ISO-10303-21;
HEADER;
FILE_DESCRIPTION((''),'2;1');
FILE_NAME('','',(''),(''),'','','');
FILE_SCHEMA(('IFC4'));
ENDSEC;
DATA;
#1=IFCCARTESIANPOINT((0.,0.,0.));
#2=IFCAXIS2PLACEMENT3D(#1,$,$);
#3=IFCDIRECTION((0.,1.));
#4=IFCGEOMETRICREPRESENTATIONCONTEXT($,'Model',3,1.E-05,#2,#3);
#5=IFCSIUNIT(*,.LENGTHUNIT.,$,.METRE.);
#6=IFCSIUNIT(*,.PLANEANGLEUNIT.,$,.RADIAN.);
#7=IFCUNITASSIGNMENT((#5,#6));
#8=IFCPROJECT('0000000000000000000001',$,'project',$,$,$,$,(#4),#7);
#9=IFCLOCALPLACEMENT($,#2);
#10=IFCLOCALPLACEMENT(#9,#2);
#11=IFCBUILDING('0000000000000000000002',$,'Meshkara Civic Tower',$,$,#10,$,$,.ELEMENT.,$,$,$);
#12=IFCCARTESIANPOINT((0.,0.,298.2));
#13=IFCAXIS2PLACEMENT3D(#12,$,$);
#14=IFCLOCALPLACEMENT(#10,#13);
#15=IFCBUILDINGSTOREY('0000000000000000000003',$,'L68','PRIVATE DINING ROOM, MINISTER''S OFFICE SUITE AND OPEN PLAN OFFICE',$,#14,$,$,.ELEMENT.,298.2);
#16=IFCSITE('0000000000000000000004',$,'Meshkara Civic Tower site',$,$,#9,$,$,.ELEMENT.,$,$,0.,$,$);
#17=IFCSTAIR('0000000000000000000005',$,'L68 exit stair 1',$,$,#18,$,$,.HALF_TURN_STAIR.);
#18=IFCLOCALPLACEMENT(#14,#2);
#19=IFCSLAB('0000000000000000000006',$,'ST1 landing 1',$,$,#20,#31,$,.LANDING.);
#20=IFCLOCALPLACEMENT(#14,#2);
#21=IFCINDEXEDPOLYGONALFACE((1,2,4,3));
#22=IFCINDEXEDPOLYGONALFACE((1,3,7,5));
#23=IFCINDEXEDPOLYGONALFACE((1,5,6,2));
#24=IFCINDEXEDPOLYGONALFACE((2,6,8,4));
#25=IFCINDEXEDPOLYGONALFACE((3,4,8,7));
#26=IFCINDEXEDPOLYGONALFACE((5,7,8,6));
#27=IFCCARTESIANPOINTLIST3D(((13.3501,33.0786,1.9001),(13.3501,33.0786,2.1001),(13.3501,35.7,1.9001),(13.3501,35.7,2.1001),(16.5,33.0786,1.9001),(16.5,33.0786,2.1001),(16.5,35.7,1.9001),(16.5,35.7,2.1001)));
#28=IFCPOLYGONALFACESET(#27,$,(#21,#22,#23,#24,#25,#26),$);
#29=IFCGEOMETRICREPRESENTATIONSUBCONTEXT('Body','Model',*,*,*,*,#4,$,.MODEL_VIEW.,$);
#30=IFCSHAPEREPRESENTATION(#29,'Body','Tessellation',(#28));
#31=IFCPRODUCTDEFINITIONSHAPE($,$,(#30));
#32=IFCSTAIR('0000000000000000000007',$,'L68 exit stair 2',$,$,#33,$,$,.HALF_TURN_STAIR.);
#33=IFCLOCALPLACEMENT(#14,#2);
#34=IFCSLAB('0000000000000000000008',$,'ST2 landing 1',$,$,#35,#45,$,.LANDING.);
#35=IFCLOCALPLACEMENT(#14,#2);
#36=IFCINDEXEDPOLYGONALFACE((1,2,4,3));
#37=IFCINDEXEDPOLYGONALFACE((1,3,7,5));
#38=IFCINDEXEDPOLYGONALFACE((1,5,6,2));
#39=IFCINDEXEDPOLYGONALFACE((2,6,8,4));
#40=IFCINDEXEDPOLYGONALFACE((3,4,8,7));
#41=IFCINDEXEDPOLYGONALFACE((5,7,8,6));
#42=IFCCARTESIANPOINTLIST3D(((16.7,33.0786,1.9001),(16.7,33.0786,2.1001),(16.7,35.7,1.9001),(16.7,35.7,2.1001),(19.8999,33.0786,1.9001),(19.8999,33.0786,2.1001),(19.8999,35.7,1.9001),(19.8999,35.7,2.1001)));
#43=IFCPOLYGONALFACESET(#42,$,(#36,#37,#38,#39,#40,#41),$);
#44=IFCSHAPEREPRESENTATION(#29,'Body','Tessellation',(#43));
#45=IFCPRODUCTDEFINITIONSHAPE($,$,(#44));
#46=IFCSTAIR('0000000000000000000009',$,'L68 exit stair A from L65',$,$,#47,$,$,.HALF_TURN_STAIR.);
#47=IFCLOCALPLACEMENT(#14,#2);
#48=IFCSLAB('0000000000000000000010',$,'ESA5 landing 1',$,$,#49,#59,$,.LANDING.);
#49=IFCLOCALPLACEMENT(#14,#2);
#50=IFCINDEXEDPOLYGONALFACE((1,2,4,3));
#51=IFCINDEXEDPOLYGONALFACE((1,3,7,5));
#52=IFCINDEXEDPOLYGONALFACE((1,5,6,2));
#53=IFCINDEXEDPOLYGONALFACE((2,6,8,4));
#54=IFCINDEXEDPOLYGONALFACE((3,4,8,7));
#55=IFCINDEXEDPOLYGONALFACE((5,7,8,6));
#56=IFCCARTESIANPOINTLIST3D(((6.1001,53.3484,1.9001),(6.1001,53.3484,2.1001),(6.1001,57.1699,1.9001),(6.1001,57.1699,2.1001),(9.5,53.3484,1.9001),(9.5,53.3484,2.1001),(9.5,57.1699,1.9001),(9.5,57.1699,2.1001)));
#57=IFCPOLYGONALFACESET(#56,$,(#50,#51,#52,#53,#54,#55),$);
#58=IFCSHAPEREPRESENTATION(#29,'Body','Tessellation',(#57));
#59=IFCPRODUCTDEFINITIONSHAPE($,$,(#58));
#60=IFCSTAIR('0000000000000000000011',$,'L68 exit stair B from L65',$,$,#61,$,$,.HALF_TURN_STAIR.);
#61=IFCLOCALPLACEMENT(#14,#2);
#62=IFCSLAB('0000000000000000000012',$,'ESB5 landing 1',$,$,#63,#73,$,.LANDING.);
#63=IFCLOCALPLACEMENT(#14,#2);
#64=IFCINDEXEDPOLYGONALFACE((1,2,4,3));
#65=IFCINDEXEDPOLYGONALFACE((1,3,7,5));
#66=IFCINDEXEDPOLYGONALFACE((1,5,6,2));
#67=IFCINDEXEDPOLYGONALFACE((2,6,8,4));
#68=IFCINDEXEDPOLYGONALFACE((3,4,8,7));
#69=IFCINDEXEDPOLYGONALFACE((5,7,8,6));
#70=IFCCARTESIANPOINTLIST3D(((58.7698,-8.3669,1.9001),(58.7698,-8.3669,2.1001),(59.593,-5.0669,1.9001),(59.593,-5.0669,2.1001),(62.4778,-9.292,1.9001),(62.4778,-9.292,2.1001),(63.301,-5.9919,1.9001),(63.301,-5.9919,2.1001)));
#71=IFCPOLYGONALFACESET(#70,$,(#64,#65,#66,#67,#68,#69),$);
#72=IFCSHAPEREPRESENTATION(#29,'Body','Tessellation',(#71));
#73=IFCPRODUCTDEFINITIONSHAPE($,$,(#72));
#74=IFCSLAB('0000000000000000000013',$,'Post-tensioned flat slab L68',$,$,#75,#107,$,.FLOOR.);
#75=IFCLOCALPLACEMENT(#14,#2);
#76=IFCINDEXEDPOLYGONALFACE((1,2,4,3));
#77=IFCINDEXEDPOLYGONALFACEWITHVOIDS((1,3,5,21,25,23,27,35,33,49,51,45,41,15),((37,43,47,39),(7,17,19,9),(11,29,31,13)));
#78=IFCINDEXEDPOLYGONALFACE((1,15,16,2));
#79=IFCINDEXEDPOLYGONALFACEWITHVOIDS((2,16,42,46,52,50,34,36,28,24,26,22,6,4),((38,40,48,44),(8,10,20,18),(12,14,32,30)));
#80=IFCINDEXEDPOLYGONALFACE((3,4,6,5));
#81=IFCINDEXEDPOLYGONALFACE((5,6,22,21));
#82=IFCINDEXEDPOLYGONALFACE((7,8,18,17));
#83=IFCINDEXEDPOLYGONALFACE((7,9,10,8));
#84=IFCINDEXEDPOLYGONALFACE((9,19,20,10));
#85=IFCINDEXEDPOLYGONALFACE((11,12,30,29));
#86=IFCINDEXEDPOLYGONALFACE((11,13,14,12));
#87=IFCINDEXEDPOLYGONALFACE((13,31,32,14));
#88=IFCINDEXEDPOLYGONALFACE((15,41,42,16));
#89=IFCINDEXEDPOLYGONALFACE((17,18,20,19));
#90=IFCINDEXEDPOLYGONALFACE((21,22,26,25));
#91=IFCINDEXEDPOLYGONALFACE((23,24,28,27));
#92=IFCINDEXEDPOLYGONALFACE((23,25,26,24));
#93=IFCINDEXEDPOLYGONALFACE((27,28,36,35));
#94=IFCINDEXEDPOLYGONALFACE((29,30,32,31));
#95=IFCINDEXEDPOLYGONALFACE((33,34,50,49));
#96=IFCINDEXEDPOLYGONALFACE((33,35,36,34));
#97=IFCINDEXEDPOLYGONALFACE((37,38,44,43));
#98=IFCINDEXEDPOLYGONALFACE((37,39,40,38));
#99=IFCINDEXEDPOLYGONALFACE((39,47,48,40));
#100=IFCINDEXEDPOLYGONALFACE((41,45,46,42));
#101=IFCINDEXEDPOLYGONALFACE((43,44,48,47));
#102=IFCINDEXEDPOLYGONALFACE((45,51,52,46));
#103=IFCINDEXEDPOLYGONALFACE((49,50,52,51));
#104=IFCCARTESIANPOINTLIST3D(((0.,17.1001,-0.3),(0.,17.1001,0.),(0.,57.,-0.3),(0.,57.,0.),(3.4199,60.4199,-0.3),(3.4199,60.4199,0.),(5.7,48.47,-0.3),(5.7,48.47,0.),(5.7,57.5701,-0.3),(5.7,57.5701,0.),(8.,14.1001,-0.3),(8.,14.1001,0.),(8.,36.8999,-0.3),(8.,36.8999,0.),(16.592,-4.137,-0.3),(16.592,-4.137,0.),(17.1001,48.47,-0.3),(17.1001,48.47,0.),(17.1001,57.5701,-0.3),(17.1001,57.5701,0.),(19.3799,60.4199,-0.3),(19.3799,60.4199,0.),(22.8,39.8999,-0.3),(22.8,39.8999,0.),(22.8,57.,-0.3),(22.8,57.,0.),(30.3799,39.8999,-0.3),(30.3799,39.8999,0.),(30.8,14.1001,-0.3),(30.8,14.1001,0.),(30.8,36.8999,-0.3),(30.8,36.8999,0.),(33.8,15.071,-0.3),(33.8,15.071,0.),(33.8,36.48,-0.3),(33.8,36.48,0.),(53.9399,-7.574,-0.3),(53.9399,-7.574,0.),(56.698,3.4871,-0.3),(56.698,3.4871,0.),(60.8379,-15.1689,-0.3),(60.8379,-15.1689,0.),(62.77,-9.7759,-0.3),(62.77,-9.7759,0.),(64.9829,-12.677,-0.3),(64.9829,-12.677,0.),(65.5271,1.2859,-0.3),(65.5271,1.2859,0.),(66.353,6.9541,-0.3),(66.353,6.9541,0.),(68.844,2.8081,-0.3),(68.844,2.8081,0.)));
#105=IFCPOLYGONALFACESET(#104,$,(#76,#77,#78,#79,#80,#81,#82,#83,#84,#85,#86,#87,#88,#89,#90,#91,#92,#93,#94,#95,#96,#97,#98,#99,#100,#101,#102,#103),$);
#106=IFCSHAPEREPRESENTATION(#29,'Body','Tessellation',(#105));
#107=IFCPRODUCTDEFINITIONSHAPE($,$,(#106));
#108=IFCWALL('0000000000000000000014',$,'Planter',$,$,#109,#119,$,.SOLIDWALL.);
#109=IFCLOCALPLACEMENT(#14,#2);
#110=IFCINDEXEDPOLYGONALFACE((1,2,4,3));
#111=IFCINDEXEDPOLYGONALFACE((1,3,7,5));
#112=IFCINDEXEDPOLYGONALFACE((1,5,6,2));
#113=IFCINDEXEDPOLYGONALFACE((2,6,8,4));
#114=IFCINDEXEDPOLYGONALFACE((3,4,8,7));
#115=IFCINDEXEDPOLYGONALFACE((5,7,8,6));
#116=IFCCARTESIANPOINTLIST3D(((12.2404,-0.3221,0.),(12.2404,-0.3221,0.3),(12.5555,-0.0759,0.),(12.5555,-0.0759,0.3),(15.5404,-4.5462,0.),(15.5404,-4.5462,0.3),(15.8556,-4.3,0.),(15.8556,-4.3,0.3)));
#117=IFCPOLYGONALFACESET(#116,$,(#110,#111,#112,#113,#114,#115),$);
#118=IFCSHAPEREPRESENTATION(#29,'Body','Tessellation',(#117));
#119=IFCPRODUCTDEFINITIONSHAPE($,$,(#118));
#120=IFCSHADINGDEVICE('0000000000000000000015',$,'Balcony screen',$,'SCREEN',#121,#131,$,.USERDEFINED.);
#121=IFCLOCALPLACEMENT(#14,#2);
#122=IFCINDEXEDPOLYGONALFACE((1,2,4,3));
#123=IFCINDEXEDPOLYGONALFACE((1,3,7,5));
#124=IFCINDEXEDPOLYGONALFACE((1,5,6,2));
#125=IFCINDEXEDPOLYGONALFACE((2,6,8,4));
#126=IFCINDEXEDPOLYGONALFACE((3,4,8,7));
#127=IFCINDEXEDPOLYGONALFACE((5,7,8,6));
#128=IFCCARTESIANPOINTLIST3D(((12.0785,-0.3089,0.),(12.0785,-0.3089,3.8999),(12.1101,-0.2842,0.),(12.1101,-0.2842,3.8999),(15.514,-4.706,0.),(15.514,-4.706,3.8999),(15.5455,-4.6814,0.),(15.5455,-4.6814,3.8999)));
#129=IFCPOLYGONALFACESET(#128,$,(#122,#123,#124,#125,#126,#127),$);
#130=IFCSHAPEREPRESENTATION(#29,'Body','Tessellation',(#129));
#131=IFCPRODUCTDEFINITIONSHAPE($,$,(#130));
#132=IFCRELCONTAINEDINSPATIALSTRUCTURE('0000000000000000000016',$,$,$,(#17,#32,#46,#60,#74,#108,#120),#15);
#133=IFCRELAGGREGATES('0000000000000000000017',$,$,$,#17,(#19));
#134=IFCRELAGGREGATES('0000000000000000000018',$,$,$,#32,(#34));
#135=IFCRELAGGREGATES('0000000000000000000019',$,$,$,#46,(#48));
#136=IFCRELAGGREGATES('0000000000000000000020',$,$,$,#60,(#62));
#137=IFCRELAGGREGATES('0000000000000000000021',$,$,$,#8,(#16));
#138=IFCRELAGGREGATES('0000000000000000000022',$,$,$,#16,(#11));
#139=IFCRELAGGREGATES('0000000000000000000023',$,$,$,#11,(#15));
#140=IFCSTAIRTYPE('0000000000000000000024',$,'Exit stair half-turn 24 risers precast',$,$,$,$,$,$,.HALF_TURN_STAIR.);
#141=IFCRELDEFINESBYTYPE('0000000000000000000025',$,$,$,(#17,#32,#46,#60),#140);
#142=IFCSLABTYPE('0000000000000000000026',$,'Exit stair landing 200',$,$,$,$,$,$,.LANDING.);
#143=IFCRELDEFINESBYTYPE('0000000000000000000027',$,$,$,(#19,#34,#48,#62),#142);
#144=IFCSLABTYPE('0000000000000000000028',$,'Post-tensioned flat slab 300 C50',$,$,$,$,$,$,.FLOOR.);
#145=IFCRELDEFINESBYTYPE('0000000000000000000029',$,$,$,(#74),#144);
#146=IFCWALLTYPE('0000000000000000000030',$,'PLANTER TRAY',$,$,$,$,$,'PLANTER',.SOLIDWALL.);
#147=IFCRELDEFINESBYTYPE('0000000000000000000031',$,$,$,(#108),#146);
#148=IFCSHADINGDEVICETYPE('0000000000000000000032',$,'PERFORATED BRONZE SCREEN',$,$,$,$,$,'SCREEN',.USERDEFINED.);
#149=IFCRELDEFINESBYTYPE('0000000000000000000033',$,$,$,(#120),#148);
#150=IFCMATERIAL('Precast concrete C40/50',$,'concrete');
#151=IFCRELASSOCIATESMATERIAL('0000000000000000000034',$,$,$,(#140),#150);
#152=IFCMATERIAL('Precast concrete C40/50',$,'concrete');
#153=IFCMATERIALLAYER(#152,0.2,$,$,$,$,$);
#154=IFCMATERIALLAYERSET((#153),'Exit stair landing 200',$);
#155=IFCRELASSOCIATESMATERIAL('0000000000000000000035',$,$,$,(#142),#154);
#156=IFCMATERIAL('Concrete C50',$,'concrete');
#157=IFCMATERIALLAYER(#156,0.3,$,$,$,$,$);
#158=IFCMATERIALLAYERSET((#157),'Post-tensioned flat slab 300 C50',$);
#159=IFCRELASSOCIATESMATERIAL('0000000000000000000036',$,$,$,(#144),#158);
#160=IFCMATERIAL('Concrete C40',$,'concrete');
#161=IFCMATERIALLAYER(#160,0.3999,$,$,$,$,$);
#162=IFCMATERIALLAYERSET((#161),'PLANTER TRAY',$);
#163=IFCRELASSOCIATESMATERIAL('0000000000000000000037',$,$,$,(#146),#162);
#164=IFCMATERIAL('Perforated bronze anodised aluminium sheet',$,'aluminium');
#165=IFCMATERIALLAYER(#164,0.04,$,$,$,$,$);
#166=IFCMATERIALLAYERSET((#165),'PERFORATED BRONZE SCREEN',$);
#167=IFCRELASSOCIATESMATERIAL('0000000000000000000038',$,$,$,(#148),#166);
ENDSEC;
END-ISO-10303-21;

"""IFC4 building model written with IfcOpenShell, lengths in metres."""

from ifc_helpers import new_model, si_unit, direction, frame, frame_2d, origin, origin_2d, place, context, subcontext, project, spatial, polyline, rectangle, outline, extrude, material, layer, layer_set, type_object, element, aggregate, save


model = new_model("IFC4")

# Units and contexts
model_context = context("Model", 3, precision=1e-05, world=origin(), true_north=direction((0.0, 1.0)))
body_context = subcontext(model_context, "Body", "Model", "MODEL_VIEW")
ifc_project = project(units=[si_unit("LENGTHUNIT", "METRE"), si_unit("PLANEANGLEUNIT", "RADIAN")], contexts=[model_context])

# Site, building, storey
site_placement = place(None, origin())
site = spatial("IfcSite", under=ifc_project, at=site_placement, Name="Meshkara Civic Tower site", CompositionType="ELEMENT", RefElevation=0.0)
building_placement = place(site_placement, origin())
building = spatial("IfcBuilding", under=site, at=building_placement, Name="Meshkara Civic Tower", CompositionType="ELEMENT")
storey_placement = place(building_placement, frame((0.0, 0.0, 298.2)))
storey = spatial("IfcBuildingStorey", under=building, at=storey_placement, Name="L68", Description="PRIVATE DINING ROOM, MINISTER'S OFFICE SUITE AND OPEN PLAN OFFICE", CompositionType="ELEMENT", Elevation=298.2)

# Stairs, slabs
ifc_material_1 = material(Name="Precast concrete C40/50", Category="concrete")
stair_type = type_object("IfcStairType", Name="Exit stair half-turn 24 risers precast", PredefinedType="HALF_TURN_STAIR", material=ifc_material_1)
stair_1_placement = place(storey_placement, origin())
stair_1 = element("IfcStair", 1, at=stair_1_placement, inside=storey, type_object=stair_type, Name="L68 exit stair 1", PredefinedType="HALF_TURN_STAIR")
ifc_material_2 = material(Name="Precast concrete C40/50", Category="concrete")
ifc_layer_1 = layer(ifc_material_2, 0.2)
ifc_layer_set_1 = layer_set([ifc_layer_1], Name="Exit stair landing 200")
slab_type_1 = type_object("IfcSlabType", Name="Exit stair landing 200", PredefinedType="LANDING", material=ifc_layer_set_1)
slab_1_placement = place(storey_placement, frame((0.0, 0.0, 1.9001)))
slab_1 = element("IfcSlab", 2, at=slab_1_placement, type_object=slab_type_1, Name="ST1 landing 1", PredefinedType="LANDING", context=body_context, shape_type="SweptSolid", body=[
    extrude(outline(polyline([(16.5, 33.0786), (16.5, 35.7), (13.3501, 35.7), (13.3501, 33.0786), (16.5, 33.0786)])), origin(), (0.0, 0.0, 1.0), 0.2),
])
aggregate(stair_1, [slab_1])
stair_2_placement = place(storey_placement, origin())
stair_2 = element("IfcStair", 3, at=stair_2_placement, inside=storey, type_object=stair_type, Name="L68 exit stair 2", PredefinedType="HALF_TURN_STAIR")
slab_2_placement = place(storey_placement, frame((0.0, 0.0, 1.9001)))
slab_2 = element("IfcSlab", 4, at=slab_2_placement, type_object=slab_type_1, Name="ST2 landing 1", PredefinedType="LANDING", context=body_context, shape_type="SweptSolid", body=[
    extrude(outline(polyline([(19.8999, 33.0786), (19.8999, 35.7), (16.7, 35.7), (16.7, 33.0786), (19.8999, 33.0786)])), origin(), (0.0, 0.0, 1.0), 0.2),
])
aggregate(stair_2, [slab_2])
stair_3_placement = place(storey_placement, origin())
stair_3 = element("IfcStair", 5, at=stair_3_placement, inside=storey, type_object=stair_type, Name="L68 exit stair A from L65", PredefinedType="HALF_TURN_STAIR")
slab_3_placement = place(storey_placement, frame((0.0, 0.0, 1.9001)))
slab_3 = element("IfcSlab", 6, at=slab_3_placement, type_object=slab_type_1, Name="ESA5 landing 1", PredefinedType="LANDING", context=body_context, shape_type="SweptSolid", body=[
    extrude(outline(polyline([(9.5, 53.3484), (9.5, 57.1699), (6.1001, 57.1699), (6.1001, 53.3484), (9.5, 53.3484)])), origin(), (0.0, 0.0, 1.0), 0.2),
])
aggregate(stair_3, [slab_3])
stair_4_placement = place(storey_placement, origin())
stair_4 = element("IfcStair", 7, at=stair_4_placement, inside=storey, type_object=stair_type, Name="L68 exit stair B from L65", PredefinedType="HALF_TURN_STAIR")
slab_4_placement = place(storey_placement, frame((0.0, 0.0, 1.9001)))
slab_4 = element("IfcSlab", 8, at=slab_4_placement, type_object=slab_type_1, Name="ESB5 landing 1", PredefinedType="LANDING", context=body_context, shape_type="SweptSolid", body=[
    extrude(outline(polyline([(58.7698, -8.3669), (62.4778, -9.292), (63.301, -5.9919), (59.593, -5.0669), (58.7698, -8.3669)])), origin(), (0.0, 0.0, 1.0), 0.2),
])
aggregate(stair_4, [slab_4])

# Slab
ifc_material_3 = material(Name="Concrete C50", Category="concrete")
ifc_layer_2 = layer(ifc_material_3, 0.3)
ifc_layer_set_2 = layer_set([ifc_layer_2], Name="Post-tensioned flat slab 300 C50")
slab_type_2 = type_object("IfcSlabType", Name="Post-tensioned flat slab 300 C50", PredefinedType="FLOOR", material=ifc_layer_set_2)
slab_5_placement = place(storey_placement, frame((0.0, 0.0, -0.3)))
element("IfcSlab", 9, at=slab_5_placement, inside=storey, type_object=slab_type_2, Name="Post-tensioned flat slab L68", PredefinedType="FLOOR", context=body_context, shape_type="SweptSolid", body=[
    extrude(outline(polyline([(64.9829, -12.677), (60.8379, -15.1689), (16.592, -4.137), (0.0, 17.1001), (0.0, 57.0), (3.4199, 60.4199), (19.3799, 60.4199), (22.8, 57.0), (22.8, 39.8999), (30.3799, 39.8999), (33.8, 36.48), (33.8, 15.071), (66.353, 6.9541), (68.844, 2.8081), (64.9829, -12.677)]), holes=[polyline([(62.77, -9.7759), (65.5271, 1.2859), (56.698, 3.4871), (53.9399, -7.574), (62.77, -9.7759)]), polyline([(8.0, 14.1001), (30.8, 14.1001), (30.8, 36.8999), (8.0, 36.8999), (8.0, 14.1001)]), polyline([(5.7, 57.5701), (5.7, 48.47), (17.1001, 48.47), (17.1001, 57.5701), (5.7, 57.5701)])]), origin(), (0.0, 0.0, 1.0), 0.3),
])

# Wall
ifc_material_4 = material(Name="Concrete C40", Category="concrete")
ifc_layer_3 = layer(ifc_material_4, 0.3999)
ifc_layer_set_3 = layer_set([ifc_layer_3], Name="PLANTER TRAY")
wall_type_1 = type_object("IfcWallType", Name="PLANTER TRAY", ElementType="PLANTER", PredefinedType="SOLIDWALL", material=ifc_layer_set_3)
wall_1_placement = place(storey_placement, frame((12.3979, -0.199, 0.0), z_axis=(0.0, 0.0, 1.0), x_axis=(0.615639, -0.788029, 0.0)))
element("IfcWall", 10, at=wall_1_placement, inside=storey, type_object=wall_type_1, Name="Planter", PredefinedType="SOLIDWALL", context=body_context, shape_type="SweptSolid", body=[
    extrude(rectangle(XDim=5.3604, YDim=0.3999, at=frame_2d((2.6802, 0.0))), origin(), (0.0, 0.0, 1.0), 0.3),
])

# Shading device
ifc_material_5 = material(Name="Perforated bronze anodised aluminium sheet", Category="aluminium")
ifc_layer_4 = layer(ifc_material_5, 0.04)
ifc_layer_set_4 = layer_set([ifc_layer_4], Name="PERFORATED BRONZE SCREEN")
shading_device_type = type_object("IfcShadingDeviceType", Name="PERFORATED BRONZE SCREEN", ElementType="SCREEN", PredefinedType="USERDEFINED", material=ifc_layer_set_4)
shading_device_placement = place(storey_placement, frame((13.812, -2.4951, 0.0), z_axis=(0.0, 0.0, 1.0), x_axis=(0.615661, -0.788011, 0.0)))
element("IfcShadingDevice", 11, at=shading_device_placement, inside=storey, type_object=shading_device_type, Name="Balcony screen", ObjectType="SCREEN", PredefinedType="USERDEFINED", context=body_context, shape_type="SweptSolid", body=[
    extrude(rectangle(XDim=5.5801, YDim=0.04, at=origin_2d()), origin(), (0.0, 0.0, 1.0), 3.8999),
])

save(model, "model.ifc")
